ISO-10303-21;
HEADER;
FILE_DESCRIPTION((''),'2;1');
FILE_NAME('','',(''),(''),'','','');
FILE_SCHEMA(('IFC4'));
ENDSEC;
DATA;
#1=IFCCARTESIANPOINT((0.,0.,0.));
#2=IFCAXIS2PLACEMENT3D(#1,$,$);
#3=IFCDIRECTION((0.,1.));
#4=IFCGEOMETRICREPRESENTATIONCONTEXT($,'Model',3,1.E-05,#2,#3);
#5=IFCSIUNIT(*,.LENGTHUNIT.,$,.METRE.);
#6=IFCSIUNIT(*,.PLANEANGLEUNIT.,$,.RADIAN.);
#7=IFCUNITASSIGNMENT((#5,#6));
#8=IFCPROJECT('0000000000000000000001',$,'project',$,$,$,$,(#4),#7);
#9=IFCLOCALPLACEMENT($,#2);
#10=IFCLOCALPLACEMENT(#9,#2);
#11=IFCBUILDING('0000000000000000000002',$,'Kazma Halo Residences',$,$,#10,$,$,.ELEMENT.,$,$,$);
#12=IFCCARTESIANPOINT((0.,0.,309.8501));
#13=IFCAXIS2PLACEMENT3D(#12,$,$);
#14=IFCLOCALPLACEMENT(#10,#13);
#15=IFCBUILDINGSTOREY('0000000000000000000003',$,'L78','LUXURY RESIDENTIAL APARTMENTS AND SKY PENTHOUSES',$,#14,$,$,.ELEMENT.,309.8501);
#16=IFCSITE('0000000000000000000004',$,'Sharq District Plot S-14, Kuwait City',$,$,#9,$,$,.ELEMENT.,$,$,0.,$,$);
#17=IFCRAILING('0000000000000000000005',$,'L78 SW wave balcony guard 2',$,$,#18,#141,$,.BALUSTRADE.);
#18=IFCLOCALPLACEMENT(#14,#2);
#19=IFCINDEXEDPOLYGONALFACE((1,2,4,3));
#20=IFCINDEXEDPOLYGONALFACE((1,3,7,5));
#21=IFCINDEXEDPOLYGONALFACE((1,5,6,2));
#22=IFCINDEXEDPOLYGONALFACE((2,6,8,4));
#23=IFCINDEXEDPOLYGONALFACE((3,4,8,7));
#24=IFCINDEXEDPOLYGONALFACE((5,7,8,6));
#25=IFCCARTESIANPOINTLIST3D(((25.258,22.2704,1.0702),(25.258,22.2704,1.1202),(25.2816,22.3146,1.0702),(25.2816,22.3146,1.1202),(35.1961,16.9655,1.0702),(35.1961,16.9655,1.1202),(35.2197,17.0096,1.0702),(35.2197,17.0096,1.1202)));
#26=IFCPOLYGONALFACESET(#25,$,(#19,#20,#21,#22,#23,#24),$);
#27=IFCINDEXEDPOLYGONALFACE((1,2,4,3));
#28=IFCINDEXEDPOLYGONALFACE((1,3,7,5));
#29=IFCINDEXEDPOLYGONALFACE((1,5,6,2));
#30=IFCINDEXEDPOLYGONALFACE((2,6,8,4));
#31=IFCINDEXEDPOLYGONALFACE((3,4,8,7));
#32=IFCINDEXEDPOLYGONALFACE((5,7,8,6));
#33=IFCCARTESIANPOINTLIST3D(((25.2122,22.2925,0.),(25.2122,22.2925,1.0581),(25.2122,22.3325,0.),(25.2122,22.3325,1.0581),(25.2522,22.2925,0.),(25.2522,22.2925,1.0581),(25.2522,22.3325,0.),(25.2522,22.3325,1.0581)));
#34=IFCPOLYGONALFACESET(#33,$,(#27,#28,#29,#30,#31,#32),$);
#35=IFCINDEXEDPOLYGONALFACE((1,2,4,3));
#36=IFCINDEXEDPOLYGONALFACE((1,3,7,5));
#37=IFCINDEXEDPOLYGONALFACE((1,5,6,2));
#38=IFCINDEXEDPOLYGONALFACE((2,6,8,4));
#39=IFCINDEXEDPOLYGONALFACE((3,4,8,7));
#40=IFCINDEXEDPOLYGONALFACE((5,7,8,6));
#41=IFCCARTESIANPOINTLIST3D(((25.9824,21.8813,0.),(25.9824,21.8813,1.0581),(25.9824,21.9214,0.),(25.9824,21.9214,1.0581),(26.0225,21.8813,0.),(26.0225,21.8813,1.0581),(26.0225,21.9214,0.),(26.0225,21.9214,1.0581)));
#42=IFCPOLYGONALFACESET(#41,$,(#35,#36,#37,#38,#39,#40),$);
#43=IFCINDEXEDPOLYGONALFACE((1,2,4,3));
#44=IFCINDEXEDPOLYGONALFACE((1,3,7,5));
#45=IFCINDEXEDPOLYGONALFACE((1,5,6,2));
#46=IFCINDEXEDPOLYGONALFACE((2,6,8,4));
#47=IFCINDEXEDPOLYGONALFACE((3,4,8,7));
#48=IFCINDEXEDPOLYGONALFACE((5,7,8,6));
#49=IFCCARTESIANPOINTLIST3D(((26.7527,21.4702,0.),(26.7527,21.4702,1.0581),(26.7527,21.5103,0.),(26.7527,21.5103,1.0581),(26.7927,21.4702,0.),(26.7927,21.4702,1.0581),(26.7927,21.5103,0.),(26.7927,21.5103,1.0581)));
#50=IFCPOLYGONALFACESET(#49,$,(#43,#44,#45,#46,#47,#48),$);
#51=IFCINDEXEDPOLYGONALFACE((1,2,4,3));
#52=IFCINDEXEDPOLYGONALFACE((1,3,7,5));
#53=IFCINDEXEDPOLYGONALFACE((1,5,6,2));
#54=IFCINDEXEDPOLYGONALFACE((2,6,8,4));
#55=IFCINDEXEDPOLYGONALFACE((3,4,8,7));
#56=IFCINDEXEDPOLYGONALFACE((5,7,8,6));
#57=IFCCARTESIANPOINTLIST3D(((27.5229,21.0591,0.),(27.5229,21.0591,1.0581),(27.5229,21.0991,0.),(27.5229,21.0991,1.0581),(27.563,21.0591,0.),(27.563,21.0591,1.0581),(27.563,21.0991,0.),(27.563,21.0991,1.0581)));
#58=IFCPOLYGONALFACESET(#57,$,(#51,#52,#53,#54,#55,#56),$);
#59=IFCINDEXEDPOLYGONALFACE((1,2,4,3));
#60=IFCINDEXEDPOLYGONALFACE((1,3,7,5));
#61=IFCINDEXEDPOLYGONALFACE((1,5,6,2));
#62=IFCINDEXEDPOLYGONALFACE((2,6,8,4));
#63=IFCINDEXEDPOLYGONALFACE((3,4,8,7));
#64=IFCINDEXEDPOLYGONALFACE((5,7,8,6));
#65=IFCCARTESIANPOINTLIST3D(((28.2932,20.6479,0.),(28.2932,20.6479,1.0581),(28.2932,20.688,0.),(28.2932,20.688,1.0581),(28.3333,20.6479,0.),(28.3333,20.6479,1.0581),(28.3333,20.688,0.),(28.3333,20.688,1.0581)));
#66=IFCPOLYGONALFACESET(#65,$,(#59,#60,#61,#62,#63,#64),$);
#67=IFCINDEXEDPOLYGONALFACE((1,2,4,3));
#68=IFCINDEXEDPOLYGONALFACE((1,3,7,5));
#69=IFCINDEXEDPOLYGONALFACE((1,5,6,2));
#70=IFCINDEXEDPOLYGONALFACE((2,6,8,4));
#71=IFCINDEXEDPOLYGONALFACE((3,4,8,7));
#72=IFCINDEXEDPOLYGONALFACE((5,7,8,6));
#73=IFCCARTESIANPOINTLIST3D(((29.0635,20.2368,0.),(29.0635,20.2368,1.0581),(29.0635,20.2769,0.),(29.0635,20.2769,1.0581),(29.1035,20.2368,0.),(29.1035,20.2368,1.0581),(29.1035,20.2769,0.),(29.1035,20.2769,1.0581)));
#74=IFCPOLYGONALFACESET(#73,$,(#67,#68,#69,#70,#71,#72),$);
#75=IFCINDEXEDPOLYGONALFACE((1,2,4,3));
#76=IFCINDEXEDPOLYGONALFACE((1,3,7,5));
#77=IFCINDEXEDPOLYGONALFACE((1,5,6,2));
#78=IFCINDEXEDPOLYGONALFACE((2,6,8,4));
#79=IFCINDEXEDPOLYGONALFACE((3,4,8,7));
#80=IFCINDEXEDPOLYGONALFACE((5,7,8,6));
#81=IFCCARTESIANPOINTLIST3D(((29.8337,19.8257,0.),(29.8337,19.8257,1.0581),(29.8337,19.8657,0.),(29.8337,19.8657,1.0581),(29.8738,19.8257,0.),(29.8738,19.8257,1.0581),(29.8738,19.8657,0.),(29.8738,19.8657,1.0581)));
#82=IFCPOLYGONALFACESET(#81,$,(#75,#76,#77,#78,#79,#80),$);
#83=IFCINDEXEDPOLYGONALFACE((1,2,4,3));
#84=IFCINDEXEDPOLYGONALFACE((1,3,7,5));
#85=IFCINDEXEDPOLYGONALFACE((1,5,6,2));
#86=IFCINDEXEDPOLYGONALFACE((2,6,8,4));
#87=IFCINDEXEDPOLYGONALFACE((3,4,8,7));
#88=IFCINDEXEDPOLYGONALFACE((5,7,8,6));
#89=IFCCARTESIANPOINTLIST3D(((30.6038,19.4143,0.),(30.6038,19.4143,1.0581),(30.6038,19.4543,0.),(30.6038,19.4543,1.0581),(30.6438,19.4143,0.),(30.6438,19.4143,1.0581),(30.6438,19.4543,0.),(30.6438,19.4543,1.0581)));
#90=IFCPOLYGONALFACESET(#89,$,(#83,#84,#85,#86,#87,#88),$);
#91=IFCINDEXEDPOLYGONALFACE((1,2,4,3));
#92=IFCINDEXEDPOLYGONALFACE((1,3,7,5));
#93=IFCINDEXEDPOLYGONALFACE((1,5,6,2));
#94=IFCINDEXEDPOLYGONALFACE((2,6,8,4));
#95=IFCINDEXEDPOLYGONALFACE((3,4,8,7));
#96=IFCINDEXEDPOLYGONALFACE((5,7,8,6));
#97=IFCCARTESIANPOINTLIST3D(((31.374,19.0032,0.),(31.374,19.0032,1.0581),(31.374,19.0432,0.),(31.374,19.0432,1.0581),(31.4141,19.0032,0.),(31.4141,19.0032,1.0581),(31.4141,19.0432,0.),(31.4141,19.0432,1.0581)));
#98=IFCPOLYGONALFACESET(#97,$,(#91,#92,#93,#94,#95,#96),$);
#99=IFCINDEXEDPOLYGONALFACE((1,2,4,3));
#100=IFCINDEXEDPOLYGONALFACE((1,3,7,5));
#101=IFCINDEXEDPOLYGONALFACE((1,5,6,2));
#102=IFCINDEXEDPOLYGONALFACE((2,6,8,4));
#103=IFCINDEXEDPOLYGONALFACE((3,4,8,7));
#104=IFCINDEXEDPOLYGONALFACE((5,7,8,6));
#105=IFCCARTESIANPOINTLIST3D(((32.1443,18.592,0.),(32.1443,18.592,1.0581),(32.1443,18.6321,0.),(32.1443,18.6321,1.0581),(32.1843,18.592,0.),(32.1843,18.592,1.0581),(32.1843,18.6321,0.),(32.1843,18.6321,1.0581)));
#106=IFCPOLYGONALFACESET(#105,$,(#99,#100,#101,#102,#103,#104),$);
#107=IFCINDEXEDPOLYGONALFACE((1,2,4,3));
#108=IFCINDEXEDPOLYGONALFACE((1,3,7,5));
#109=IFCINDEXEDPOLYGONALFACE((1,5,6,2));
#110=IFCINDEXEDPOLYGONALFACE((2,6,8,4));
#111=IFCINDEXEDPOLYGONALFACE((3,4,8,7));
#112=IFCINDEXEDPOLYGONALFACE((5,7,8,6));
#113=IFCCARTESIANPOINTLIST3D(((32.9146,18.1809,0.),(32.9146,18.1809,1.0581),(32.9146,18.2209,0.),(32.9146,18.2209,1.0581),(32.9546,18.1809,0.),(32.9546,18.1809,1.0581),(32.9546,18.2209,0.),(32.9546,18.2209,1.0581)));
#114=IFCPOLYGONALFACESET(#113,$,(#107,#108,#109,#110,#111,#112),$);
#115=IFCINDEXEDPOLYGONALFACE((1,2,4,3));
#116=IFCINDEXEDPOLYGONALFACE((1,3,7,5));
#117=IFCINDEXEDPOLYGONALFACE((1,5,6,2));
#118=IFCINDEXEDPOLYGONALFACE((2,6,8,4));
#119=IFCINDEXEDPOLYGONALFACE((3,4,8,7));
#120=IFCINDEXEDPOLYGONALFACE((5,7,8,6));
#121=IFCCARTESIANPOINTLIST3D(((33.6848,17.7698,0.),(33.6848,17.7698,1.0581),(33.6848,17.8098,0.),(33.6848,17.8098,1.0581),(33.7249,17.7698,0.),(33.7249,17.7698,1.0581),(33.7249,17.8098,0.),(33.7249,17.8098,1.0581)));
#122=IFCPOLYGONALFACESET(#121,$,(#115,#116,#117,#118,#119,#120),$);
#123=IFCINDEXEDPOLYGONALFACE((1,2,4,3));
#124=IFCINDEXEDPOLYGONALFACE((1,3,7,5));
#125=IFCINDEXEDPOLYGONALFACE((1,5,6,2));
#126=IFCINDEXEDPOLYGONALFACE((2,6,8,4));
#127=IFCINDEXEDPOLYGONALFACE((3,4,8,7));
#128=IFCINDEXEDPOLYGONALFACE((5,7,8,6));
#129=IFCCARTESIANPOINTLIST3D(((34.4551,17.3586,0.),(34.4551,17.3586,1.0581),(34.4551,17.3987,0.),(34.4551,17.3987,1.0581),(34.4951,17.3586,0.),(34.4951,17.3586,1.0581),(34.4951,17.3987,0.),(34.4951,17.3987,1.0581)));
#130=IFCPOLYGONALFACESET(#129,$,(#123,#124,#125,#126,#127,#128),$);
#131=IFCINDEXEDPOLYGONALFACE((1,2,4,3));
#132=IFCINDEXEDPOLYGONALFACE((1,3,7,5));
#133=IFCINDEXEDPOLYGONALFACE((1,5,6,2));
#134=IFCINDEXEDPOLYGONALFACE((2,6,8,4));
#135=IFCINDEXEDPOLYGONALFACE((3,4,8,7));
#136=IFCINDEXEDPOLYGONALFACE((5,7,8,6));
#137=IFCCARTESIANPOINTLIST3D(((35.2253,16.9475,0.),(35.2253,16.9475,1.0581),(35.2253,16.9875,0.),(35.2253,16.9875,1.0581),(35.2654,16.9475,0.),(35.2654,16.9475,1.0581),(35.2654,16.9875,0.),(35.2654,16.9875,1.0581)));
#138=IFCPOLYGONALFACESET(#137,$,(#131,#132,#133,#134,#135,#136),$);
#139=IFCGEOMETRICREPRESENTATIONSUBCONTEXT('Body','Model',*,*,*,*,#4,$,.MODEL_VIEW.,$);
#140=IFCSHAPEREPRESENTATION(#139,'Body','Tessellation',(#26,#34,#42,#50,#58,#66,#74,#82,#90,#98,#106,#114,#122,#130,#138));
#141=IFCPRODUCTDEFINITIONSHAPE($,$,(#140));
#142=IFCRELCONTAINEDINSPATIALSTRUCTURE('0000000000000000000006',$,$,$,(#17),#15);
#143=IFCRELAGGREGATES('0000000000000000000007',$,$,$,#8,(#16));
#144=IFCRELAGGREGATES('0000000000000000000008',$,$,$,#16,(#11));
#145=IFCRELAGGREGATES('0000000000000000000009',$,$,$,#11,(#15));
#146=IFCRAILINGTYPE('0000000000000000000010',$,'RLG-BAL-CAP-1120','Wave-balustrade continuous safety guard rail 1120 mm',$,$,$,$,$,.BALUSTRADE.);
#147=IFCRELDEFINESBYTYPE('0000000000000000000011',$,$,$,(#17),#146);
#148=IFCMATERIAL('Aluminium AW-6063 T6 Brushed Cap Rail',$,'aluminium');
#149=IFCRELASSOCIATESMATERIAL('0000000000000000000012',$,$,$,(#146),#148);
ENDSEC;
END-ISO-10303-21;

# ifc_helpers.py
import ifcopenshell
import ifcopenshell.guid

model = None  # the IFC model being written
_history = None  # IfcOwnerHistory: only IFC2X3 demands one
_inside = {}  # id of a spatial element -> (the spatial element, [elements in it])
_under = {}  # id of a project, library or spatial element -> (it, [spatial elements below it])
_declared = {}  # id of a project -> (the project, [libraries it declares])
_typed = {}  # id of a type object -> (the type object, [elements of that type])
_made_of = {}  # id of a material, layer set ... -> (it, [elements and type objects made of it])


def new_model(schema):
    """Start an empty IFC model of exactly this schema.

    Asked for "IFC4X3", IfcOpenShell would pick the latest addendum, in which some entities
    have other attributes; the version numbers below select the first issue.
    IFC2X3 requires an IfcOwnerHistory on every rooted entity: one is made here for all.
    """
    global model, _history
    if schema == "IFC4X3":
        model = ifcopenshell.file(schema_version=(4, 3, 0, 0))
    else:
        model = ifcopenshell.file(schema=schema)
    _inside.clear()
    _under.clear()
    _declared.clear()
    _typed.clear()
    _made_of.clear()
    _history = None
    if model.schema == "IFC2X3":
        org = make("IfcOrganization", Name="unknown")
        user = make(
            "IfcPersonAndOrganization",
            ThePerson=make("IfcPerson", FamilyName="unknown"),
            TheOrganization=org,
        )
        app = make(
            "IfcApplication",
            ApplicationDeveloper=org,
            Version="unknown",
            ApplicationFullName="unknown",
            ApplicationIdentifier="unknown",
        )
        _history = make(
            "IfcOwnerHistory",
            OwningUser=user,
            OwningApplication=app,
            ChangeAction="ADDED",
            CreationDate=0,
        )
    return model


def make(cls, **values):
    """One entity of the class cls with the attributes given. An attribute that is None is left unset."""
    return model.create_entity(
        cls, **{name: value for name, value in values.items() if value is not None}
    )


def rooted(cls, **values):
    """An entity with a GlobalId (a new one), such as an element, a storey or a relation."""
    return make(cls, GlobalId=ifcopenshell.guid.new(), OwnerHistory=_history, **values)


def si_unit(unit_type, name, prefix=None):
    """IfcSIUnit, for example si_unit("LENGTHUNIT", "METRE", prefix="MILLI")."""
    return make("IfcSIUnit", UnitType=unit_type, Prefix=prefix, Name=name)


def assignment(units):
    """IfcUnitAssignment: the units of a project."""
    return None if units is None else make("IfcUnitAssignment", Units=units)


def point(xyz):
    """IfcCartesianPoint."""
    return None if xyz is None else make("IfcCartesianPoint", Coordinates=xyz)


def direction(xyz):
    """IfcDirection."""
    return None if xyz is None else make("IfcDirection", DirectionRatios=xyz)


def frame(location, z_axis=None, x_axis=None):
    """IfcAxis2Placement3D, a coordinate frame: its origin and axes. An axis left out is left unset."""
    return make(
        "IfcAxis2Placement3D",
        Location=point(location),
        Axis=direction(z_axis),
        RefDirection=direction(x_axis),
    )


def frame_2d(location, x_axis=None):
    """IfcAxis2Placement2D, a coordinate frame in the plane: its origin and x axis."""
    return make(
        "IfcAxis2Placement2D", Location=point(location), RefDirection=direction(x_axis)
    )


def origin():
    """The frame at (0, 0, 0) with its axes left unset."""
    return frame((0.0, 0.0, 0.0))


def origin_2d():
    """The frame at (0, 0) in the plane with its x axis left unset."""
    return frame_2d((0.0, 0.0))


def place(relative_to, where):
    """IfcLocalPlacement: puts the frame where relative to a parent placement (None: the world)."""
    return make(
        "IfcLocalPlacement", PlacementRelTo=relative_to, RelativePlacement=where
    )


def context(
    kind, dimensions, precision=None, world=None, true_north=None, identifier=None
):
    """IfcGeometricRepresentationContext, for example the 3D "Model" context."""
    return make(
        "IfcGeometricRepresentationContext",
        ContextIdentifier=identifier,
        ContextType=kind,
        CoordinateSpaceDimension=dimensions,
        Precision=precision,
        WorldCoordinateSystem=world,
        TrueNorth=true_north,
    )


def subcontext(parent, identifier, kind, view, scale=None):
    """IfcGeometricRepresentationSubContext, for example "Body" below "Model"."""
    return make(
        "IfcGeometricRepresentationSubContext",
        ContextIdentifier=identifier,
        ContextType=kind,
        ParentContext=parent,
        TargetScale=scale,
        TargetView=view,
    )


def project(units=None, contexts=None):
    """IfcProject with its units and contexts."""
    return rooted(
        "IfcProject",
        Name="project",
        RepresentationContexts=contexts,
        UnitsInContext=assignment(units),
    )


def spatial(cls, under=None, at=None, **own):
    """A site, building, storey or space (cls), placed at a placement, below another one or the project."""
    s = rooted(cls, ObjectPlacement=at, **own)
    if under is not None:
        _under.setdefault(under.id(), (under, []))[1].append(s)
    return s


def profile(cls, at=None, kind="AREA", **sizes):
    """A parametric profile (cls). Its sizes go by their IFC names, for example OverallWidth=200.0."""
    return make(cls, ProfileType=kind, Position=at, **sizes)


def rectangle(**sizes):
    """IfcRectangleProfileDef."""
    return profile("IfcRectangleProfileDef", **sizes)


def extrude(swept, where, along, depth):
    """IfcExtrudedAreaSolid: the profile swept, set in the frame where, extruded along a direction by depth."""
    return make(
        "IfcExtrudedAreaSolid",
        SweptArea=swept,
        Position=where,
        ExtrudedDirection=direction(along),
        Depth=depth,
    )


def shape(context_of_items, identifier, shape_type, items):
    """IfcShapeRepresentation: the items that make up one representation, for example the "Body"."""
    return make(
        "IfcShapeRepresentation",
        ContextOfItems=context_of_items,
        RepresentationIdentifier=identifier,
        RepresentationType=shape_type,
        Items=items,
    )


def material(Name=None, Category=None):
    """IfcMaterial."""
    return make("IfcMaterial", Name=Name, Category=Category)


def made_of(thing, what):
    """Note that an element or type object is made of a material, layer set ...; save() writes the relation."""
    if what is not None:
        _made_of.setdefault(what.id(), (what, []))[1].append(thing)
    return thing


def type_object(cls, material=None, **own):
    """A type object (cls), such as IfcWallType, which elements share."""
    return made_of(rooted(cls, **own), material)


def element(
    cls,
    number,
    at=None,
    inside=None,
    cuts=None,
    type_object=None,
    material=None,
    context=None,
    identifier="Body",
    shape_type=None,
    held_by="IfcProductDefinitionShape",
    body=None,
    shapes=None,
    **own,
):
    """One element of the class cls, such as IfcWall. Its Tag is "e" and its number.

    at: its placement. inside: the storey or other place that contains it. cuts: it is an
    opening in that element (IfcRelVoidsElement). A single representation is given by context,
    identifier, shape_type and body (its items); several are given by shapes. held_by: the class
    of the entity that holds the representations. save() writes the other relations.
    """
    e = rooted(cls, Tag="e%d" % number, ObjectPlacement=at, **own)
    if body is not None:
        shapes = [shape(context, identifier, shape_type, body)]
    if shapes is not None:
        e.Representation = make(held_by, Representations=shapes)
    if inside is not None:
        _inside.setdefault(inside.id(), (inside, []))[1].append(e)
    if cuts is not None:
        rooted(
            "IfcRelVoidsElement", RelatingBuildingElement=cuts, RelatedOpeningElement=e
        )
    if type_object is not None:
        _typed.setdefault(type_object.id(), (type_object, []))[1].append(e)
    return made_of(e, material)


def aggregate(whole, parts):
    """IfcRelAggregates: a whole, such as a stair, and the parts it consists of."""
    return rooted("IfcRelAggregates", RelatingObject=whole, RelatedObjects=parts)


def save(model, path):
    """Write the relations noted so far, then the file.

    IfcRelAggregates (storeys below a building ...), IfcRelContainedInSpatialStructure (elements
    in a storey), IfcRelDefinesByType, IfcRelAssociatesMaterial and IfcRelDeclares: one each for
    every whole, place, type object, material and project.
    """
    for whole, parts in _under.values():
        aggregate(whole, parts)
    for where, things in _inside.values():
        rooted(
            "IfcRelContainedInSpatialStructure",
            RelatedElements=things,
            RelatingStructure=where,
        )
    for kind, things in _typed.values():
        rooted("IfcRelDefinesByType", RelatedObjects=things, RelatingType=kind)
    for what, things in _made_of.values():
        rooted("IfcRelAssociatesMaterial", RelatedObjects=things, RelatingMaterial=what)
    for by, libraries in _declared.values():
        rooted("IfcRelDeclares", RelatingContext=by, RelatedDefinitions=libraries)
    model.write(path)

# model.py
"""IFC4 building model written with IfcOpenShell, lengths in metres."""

from ifc_helpers import new_model, si_unit, direction, frame, origin, origin_2d, place, context, subcontext, project, spatial, rectangle, extrude, material, type_object, element, save


model = new_model("IFC4")

# Units and contexts
model_context = context("Model", 3, precision=1e-05, world=origin(), true_north=direction((0.0, 1.0)))
body_context = subcontext(model_context, "Body", "Model", "MODEL_VIEW")
ifc_project = project(units=[si_unit("LENGTHUNIT", "METRE"), si_unit("PLANEANGLEUNIT", "RADIAN")], contexts=[model_context])

# Site, building, storey
site_placement = place(None, origin())
site = spatial("IfcSite", under=ifc_project, at=site_placement, Name="Sharq District Plot S-14, Kuwait City", CompositionType="ELEMENT", RefElevation=0.0)
building_placement = place(site_placement, origin())
building = spatial("IfcBuilding", under=site, at=building_placement, Name="Kazma Halo Residences", CompositionType="ELEMENT")
storey_placement = place(building_placement, frame((0.0, 0.0, 309.8501)))
storey = spatial("IfcBuildingStorey", under=building, at=storey_placement, Name="L78", Description="LUXURY RESIDENTIAL APARTMENTS AND SKY PENTHOUSES", CompositionType="ELEMENT", Elevation=309.8501)

# Railing
ifc_material_1 = material(Name="Aluminium AW-6063 T6 Brushed Cap Rail", Category="aluminium")
railing_type = type_object("IfcRailingType", Name="RLG-BAL-CAP-1120", Description="Wave-balustrade continuous safety guard rail 1120 mm", PredefinedType="BALUSTRADE", material=ifc_material_1)
railing_1_placement = place(storey_placement, frame((25.2322, 22.3125, 0.0)))
element("IfcRailing", 1, at=railing_1_placement, inside=storey, type_object=railing_type, Name="L78 SW wave balcony guard 2", PredefinedType="BALUSTRADE", context=body_context, shape_type="SweptSolid", body=[
    extrude(rectangle(XDim=0.05, YDim=0.05, at=origin_2d()), frame((0.0376, -0.02, 1.0952), z_axis=(0.882184, -0.470904, 0.0), x_axis=(0.470904, 0.882184, 0.0)), (0.0, 0.0, 1.0), 11.2654),
    extrude(rectangle(XDim=0.04, YDim=0.04, at=origin_2d()), origin(), (0.0, 0.0, 1.0), 1.0581),
    extrude(rectangle(XDim=0.04, YDim=0.04, at=origin_2d()), frame((0.7703, -0.4111, 0.0)), (0.0, 0.0, 1.0), 1.0581),
    extrude(rectangle(XDim=0.04, YDim=0.04, at=origin_2d()), frame((1.5405, -0.8223, 0.0)), (0.0, 0.0, 1.0), 1.0581),
    extrude(rectangle(XDim=0.04, YDim=0.04, at=origin_2d()), frame((2.3108, -1.2334, 0.0)), (0.0, 0.0, 1.0), 1.0581),
    extrude(rectangle(XDim=0.04, YDim=0.04, at=origin_2d()), frame((3.0811, -1.6445, 0.0)), (0.0, 0.0, 1.0), 1.0581),
    extrude(rectangle(XDim=0.04, YDim=0.04, at=origin_2d()), frame((3.8513, -2.0557, 0.0)), (0.0, 0.0, 1.0), 1.0581),
    extrude(rectangle(XDim=0.04, YDim=0.04, at=origin_2d()), frame((4.6216, -2.4668, 0.0)), (0.0, 0.0, 1.0), 1.0581),
    extrude(rectangle(XDim=0.04, YDim=0.04, at=origin_2d()), frame((5.3916, -2.8782, 0.0)), (0.0, 0.0, 1.0), 1.0581),
    extrude(rectangle(XDim=0.04, YDim=0.04, at=origin_2d()), frame((6.1619, -3.2893, 0.0)), (0.0, 0.0, 1.0), 1.0581),
    extrude(rectangle(XDim=0.04, YDim=0.04, at=origin_2d()), frame((6.9321, -3.7004, 0.0)), (0.0, 0.0, 1.0), 1.0581),
    extrude(rectangle(XDim=0.04, YDim=0.04, at=origin_2d()), frame((7.7024, -4.1116, 0.0)), (0.0, 0.0, 1.0), 1.0581),
    extrude(rectangle(XDim=0.04, YDim=0.04, at=origin_2d()), frame((8.4727, -4.5227, 0.0)), (0.0, 0.0, 1.0), 1.0581),
    extrude(rectangle(XDim=0.04, YDim=0.04, at=origin_2d()), frame((9.2429, -4.9338, 0.0)), (0.0, 0.0, 1.0), 1.0581),
    extrude(rectangle(XDim=0.04, YDim=0.04, at=origin_2d()), frame((10.0132, -5.345, 0.0)), (0.0, 0.0, 1.0), 1.0581),
])

save(model, "model.ifc")
